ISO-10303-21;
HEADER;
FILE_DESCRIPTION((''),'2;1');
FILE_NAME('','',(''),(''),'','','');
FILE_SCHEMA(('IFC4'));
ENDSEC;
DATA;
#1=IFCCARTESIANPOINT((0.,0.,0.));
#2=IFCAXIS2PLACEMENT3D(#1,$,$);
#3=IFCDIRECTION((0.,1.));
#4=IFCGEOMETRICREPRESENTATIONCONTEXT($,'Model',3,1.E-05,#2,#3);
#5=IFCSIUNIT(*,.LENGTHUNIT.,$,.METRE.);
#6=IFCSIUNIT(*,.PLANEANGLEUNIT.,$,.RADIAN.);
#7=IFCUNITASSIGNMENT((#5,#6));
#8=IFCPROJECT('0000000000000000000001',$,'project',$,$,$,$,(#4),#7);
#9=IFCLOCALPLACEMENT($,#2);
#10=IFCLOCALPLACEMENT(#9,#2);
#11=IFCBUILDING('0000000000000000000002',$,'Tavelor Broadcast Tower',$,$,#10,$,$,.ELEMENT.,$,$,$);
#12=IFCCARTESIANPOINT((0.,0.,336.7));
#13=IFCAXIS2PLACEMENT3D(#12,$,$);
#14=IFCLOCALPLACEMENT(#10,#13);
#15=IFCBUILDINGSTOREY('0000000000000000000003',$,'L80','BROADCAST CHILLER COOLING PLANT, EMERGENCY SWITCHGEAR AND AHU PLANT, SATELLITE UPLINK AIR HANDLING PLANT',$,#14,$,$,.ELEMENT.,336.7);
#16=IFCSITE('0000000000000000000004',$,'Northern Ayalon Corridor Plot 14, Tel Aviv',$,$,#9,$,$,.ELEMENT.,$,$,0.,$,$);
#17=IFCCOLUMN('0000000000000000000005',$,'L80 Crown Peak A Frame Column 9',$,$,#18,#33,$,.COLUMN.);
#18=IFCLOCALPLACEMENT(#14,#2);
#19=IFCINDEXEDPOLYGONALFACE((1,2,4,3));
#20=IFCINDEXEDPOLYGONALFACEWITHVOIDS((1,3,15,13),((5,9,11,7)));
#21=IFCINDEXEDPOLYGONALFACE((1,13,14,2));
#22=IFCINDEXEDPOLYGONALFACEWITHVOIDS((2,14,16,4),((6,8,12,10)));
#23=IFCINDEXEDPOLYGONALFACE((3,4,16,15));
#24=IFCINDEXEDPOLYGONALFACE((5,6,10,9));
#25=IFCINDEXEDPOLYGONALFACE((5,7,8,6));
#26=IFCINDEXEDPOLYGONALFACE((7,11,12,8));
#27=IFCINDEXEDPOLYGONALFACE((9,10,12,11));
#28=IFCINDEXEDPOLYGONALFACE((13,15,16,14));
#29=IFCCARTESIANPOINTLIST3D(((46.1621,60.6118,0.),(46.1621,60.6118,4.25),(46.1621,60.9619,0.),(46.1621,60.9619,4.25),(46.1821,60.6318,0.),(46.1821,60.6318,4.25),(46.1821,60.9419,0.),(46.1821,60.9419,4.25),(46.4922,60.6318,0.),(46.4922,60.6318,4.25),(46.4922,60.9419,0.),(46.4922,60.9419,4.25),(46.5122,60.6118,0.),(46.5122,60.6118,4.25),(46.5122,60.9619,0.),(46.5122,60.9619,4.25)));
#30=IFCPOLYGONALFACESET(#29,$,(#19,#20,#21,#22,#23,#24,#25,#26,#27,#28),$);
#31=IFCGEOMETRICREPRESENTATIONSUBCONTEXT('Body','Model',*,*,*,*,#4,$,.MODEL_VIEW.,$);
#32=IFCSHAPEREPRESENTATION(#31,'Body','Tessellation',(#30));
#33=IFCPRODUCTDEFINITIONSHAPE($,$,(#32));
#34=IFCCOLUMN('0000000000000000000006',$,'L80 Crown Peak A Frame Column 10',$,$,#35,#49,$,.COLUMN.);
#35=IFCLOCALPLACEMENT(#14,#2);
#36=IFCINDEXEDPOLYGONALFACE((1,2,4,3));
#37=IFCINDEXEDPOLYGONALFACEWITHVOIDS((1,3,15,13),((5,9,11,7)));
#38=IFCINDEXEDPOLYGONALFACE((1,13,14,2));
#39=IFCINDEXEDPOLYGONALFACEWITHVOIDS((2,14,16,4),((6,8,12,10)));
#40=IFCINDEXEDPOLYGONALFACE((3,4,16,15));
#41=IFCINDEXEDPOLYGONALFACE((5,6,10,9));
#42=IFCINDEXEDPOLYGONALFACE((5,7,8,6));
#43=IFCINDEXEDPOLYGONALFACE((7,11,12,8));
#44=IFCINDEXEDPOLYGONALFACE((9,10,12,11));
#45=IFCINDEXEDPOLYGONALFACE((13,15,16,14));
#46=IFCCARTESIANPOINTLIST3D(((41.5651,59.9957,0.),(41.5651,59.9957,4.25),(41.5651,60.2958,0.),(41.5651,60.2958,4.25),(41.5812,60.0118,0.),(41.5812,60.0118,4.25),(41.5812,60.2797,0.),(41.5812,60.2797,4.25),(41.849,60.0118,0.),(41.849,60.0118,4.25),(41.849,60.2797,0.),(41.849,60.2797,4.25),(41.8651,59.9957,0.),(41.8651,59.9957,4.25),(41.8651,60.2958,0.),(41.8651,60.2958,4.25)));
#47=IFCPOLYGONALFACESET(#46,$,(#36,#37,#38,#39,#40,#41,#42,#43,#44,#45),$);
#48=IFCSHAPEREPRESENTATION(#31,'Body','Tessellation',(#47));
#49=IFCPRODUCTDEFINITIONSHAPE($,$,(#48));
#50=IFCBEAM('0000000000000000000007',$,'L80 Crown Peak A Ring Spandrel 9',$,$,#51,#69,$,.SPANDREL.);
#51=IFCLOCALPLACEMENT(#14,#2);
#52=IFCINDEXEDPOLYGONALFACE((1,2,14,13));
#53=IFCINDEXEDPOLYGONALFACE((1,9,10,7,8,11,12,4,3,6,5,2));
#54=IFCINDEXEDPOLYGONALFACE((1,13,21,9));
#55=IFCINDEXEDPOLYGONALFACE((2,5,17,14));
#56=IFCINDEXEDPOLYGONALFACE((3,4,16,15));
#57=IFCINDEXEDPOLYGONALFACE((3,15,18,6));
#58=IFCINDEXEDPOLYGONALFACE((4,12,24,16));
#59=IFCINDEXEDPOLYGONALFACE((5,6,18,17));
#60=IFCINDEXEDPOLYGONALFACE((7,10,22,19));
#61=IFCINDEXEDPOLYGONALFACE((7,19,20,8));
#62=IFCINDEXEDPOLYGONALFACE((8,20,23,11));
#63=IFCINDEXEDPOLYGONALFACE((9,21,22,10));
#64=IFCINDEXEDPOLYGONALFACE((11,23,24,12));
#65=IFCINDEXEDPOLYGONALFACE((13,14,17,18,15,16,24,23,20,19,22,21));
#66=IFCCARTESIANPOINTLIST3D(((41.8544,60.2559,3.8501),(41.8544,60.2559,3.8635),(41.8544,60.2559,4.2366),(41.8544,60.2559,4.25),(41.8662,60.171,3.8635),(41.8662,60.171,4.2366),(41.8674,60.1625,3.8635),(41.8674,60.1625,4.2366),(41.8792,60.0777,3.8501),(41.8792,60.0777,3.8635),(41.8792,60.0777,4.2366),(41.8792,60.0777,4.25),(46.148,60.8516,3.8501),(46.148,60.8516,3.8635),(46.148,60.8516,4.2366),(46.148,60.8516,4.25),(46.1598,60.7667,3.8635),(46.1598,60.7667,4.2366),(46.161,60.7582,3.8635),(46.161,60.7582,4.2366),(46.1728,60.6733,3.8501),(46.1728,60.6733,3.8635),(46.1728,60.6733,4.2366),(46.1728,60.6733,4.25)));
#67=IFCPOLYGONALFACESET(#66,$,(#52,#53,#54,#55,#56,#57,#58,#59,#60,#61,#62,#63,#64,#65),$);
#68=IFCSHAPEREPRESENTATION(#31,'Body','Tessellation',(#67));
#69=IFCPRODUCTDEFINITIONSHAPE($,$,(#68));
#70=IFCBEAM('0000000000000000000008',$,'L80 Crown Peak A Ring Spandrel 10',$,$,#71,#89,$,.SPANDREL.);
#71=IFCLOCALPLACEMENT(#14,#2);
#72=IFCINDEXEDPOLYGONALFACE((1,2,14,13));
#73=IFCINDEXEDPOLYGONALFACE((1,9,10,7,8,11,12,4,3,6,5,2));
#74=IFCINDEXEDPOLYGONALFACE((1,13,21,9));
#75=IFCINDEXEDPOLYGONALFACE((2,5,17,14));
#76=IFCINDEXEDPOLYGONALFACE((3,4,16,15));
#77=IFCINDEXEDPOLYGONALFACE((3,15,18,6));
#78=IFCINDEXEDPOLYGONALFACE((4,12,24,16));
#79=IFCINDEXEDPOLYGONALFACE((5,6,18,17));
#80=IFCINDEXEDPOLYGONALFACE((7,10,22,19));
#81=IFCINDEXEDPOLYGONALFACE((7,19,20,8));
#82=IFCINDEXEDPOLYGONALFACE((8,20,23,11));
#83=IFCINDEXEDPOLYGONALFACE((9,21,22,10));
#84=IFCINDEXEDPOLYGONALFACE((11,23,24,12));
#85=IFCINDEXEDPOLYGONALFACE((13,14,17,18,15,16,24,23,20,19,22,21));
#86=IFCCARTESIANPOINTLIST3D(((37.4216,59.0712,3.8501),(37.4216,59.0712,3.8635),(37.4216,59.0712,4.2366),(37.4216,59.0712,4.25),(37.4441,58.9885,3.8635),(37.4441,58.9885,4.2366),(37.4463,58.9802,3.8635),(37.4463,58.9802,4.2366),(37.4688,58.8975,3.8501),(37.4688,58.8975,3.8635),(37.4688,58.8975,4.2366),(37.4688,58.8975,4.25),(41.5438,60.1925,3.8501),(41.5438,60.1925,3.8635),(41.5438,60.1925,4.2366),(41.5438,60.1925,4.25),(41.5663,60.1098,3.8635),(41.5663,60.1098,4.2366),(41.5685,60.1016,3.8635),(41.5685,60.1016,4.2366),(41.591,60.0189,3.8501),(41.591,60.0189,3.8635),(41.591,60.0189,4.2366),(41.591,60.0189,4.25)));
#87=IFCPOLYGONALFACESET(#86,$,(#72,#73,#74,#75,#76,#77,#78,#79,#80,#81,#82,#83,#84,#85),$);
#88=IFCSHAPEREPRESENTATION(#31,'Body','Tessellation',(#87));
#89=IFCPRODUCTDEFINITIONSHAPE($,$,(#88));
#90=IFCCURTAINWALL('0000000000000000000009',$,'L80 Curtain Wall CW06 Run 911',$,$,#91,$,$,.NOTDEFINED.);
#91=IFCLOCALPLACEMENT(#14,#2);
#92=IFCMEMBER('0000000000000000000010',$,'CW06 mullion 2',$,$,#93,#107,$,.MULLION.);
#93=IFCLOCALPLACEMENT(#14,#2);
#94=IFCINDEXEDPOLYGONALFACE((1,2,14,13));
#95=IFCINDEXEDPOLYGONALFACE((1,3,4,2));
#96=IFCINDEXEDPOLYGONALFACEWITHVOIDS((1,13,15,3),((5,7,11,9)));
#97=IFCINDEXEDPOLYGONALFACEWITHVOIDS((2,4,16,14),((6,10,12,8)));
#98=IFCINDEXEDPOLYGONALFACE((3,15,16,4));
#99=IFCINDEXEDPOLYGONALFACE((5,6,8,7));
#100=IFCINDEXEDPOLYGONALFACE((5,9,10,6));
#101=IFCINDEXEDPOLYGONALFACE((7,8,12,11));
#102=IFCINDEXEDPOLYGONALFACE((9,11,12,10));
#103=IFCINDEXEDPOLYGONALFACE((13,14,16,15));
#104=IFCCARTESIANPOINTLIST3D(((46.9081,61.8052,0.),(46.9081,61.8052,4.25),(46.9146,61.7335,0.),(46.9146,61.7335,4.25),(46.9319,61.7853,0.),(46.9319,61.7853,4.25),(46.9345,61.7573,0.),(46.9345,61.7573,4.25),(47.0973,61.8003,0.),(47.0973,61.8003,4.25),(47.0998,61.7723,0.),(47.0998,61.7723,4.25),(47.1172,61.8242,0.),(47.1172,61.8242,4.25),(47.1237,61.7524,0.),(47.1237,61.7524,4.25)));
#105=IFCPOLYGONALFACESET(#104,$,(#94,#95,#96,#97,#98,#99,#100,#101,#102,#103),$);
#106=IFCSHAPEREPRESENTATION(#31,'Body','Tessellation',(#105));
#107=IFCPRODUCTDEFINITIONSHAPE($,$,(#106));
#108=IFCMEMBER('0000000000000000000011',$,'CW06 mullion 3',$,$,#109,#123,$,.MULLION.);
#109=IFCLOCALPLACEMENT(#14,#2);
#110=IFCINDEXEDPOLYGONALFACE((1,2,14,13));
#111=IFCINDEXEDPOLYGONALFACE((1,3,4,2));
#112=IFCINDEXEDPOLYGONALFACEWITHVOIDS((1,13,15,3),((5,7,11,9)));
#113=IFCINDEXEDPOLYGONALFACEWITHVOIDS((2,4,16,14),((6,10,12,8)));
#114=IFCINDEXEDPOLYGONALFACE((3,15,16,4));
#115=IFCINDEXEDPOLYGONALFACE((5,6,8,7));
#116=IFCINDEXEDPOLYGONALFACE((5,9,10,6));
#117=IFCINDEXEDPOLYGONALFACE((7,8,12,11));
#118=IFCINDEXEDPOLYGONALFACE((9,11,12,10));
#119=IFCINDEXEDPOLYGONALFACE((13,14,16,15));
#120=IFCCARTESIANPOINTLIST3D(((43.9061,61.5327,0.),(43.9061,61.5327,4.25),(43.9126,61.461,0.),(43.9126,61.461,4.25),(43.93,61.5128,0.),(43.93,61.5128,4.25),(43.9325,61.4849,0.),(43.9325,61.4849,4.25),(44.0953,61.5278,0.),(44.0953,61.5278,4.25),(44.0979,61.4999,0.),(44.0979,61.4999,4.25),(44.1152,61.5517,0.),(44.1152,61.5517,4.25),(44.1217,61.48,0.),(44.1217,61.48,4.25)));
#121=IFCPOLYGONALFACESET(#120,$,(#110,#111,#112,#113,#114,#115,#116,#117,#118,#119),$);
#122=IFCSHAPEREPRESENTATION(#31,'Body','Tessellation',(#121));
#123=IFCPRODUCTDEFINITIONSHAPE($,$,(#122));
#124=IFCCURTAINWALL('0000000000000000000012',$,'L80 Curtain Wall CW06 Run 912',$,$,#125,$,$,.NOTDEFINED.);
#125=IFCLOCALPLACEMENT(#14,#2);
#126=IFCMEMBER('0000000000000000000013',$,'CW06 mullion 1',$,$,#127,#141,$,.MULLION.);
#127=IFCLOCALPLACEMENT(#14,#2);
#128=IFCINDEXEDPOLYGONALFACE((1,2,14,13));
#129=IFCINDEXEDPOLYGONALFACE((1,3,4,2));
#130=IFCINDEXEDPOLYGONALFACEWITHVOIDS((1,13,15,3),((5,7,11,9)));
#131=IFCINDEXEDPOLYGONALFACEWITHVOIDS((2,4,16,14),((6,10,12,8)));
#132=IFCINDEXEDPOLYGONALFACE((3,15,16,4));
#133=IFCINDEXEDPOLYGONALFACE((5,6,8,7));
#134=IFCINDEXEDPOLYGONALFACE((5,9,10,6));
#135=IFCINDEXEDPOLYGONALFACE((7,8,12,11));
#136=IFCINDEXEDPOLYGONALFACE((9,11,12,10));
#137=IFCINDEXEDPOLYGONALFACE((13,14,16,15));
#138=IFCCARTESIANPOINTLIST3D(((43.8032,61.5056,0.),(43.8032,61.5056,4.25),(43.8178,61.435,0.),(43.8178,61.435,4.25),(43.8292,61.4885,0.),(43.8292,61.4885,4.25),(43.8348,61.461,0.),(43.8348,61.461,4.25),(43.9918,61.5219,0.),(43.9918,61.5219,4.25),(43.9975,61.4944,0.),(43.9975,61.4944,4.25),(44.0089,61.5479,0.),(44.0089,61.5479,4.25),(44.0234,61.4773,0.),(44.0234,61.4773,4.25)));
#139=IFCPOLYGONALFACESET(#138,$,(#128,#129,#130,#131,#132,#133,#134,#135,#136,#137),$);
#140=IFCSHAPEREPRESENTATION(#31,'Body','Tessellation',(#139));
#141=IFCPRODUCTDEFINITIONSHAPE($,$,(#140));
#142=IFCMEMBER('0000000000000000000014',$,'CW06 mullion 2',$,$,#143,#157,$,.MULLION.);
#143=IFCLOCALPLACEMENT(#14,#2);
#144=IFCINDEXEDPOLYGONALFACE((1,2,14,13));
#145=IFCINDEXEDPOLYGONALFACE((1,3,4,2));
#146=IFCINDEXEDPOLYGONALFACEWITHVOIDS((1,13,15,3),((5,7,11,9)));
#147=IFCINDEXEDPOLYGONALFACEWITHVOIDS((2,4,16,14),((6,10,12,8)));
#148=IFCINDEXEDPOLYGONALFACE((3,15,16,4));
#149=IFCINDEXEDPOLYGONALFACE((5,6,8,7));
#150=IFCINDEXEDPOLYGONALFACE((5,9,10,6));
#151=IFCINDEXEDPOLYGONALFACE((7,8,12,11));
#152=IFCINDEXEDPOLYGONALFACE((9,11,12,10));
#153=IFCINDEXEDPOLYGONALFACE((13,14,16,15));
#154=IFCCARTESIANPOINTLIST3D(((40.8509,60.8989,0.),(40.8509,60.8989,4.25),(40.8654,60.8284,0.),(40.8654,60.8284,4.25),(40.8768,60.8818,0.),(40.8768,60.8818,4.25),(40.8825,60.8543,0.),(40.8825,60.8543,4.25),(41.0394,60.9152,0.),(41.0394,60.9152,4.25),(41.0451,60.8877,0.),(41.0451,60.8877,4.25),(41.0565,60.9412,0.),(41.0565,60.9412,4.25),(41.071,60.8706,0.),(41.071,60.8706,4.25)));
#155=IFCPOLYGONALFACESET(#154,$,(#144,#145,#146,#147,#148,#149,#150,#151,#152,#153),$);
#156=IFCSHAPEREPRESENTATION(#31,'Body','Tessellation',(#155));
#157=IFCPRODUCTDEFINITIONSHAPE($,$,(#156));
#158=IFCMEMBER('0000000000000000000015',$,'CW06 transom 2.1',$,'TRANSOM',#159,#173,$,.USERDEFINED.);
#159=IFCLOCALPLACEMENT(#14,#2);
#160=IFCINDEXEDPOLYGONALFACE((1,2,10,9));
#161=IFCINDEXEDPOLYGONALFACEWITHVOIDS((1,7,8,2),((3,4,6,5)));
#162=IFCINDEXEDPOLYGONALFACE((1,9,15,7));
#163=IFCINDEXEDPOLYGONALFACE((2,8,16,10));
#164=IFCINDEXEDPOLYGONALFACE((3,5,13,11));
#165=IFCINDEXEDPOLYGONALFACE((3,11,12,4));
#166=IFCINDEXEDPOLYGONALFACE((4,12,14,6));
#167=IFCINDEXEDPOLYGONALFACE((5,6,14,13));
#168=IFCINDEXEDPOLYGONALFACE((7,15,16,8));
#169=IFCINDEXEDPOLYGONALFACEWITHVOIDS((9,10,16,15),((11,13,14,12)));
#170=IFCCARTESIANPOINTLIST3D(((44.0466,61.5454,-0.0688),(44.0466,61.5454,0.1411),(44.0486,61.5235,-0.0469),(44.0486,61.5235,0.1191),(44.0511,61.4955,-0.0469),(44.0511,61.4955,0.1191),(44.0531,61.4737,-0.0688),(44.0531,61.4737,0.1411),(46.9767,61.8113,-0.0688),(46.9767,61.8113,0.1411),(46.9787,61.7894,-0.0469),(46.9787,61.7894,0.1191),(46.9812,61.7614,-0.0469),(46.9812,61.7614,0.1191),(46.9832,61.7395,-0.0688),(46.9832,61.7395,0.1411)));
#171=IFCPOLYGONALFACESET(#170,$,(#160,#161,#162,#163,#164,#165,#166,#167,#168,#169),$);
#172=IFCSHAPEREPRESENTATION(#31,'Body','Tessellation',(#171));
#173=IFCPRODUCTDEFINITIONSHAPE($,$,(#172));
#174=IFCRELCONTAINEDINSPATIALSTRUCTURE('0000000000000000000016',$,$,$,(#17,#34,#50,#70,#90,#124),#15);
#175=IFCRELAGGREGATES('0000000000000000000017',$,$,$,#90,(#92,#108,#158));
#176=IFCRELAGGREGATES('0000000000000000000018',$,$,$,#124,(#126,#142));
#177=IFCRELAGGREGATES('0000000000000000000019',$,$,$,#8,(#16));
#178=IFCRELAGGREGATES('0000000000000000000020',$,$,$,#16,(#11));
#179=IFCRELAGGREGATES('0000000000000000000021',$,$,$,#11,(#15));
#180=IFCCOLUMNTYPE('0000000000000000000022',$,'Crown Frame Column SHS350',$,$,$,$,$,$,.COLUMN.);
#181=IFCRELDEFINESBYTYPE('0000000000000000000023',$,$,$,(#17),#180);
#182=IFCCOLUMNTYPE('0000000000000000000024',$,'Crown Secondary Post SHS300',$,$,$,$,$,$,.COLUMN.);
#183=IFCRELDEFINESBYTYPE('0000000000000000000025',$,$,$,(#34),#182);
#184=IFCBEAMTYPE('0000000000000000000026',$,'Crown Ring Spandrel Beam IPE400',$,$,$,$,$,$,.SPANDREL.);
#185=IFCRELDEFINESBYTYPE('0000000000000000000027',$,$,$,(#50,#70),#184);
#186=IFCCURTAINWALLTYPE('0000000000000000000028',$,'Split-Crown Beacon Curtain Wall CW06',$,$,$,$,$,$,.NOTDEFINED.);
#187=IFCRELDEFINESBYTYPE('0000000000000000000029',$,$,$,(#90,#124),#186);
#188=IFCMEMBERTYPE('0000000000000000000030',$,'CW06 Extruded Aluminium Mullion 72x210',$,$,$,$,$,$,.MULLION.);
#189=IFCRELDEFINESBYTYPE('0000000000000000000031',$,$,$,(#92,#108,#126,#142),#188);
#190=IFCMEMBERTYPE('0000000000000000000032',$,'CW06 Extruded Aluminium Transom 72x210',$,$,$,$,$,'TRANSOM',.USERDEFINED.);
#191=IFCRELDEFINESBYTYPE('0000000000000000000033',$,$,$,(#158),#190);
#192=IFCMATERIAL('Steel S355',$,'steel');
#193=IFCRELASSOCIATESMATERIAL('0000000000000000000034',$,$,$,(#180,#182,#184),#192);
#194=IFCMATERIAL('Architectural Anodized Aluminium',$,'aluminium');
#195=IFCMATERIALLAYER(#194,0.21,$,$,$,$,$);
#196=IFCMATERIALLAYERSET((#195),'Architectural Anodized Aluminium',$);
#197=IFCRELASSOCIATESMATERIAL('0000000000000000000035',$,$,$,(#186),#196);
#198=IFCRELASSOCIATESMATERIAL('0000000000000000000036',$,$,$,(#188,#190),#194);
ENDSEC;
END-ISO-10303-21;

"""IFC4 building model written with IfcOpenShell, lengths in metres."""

from ifc_helpers import new_model, si_unit, direction, frame, origin, origin_2d, place, context, subcontext, project, spatial, hollow_rectangle, i_section, extrude, source, transform, mapped, material, layer, layer_set, material_profile, profile_set, type_object, type_shapes, element, aggregate, save


model = new_model("IFC4")

# Units and contexts
model_context = context("Model", 3, precision=1e-05, world=origin(), true_north=direction((0.0, 1.0)))
body_context = subcontext(model_context, "Body", "Model", "MODEL_VIEW")
ifc_project = project(units=[si_unit("LENGTHUNIT", "METRE"), si_unit("PLANEANGLEUNIT", "RADIAN")], contexts=[model_context])

# Site, building, storey
site_placement = place(None, origin())
site = spatial("IfcSite", under=ifc_project, at=site_placement, Name="Northern Ayalon Corridor Plot 14, Tel Aviv", CompositionType="ELEMENT", RefElevation=0.0)
building_placement = place(site_placement, origin())
building = spatial("IfcBuilding", under=site, at=building_placement, Name="Tavelor Broadcast Tower", CompositionType="ELEMENT")
storey_placement = place(building_placement, frame((0.0, 0.0, 336.7)))
storey = spatial("IfcBuildingStorey", under=building, at=storey_placement, Name="L80", Description="BROADCAST CHILLER COOLING PLANT, EMERGENCY SWITCHGEAR AND AHU PLANT, SATELLITE UPLINK AIR HANDLING PLANT", CompositionType="ELEMENT", Elevation=336.7)

# Columns
ifc_material_1 = material(Name="Steel S355", Category="steel")
ifc_material_profile_1 = material_profile(ifc_material_1, hollow_rectangle(XDim=0.3501, YDim=0.3501, WallThickness=0.02, at=origin_2d()), Name="SHS 350x350x20")
ifc_profile_set_1 = profile_set([ifc_material_profile_1], Name="Steel S355")
column_type_1 = type_object("IfcColumnType", Name="Crown Frame Column SHS350", PredefinedType="COLUMN", material=ifc_profile_set_1)
column_1_placement = place(storey_placement, frame((46.3372, 60.7869, 0.0), z_axis=(0.0, 0.0, 1.0), x_axis=(1.0, 0.0, 0.0)))
element("IfcColumn", 1, at=column_1_placement, inside=storey, type_object=column_type_1, Name="L80 Crown Peak A Frame Column 9", PredefinedType="COLUMN", context=body_context, shape_type="SweptSolid", body=[
    extrude(hollow_rectangle(XDim=0.3501, YDim=0.3501, WallThickness=0.02, at=origin_2d()), origin(), (0.0, 0.0, 1.0), 4.25),
])
ifc_material_profile_2 = material_profile(ifc_material_1, hollow_rectangle(XDim=0.3, YDim=0.3, WallThickness=0.0161, at=origin_2d()), Name="SHS 300x300x16")
ifc_profile_set_2 = profile_set([ifc_material_profile_2], Name="Steel S355")
column_type_2 = type_object("IfcColumnType", Name="Crown Secondary Post SHS300", PredefinedType="COLUMN", material=ifc_profile_set_2)
column_2_placement = place(storey_placement, frame((41.7151, 60.1458, 0.0), z_axis=(0.0, 0.0, 1.0), x_axis=(1.0, 0.0, 0.0)))
element("IfcColumn", 2, at=column_2_placement, inside=storey, type_object=column_type_2, Name="L80 Crown Peak A Frame Column 10", PredefinedType="COLUMN", context=body_context, shape_type="SweptSolid", body=[
    extrude(hollow_rectangle(XDim=0.3, YDim=0.3, WallThickness=0.0161, at=origin_2d()), origin(), (0.0, 0.0, 1.0), 4.25),
])

# Beams
ifc_material_profile_3 = material_profile(ifc_material_1, i_section(OverallWidth=0.1799, OverallDepth=0.3999, WebThickness=0.0085, FlangeThickness=0.0134, at=origin_2d()), Name="IPE 400")
ifc_profile_set_3 = profile_set([ifc_material_profile_3], Name="Steel S355")
beam_type = type_object("IfcBeamType", Name="Crown Ring Spandrel Beam IPE400", PredefinedType="SPANDREL", material=ifc_profile_set_3)
beam_1_placement = place(storey_placement, frame((46.1604, 60.7625, 4.05), z_axis=(-0.990513, -0.137423, 0.0), x_axis=(0.137423, -0.990513, 0.0)))
element("IfcBeam", 3, at=beam_1_placement, inside=storey, type_object=beam_type, Name="L80 Crown Peak A Ring Spandrel 9", PredefinedType="SPANDREL", context=body_context, shape_type="SweptSolid", body=[
    extrude(i_section(OverallWidth=0.1799, OverallDepth=0.3999, WebThickness=0.0085, FlangeThickness=0.0134, at=origin_2d()), origin(), (0.0, 0.0, 1.0), 4.3347),
])
beam_2_placement = place(storey_placement, frame((41.5674, 60.1057, 4.05), z_axis=(-0.964934, -0.262494, 0.0), x_axis=(0.262494, -0.964934, 0.0)))
element("IfcBeam", 4, at=beam_2_placement, inside=storey, type_object=beam_type, Name="L80 Crown Peak A Ring Spandrel 10", PredefinedType="SPANDREL", context=body_context, shape_type="SweptSolid", body=[
    extrude(i_section(OverallWidth=0.1799, OverallDepth=0.3999, WebThickness=0.0085, FlangeThickness=0.0134, at=origin_2d()), origin(), (0.0, 0.0, 1.0), 4.272),
])

# Curtain walls, members
ifc_material_2 = material(Name="Architectural Anodized Aluminium", Category="aluminium")
ifc_layer_1 = layer(ifc_material_2, 0.21)
ifc_layer_set_1 = layer_set([ifc_layer_1], Name="Architectural Anodized Aluminium")
curtain_wall_type = type_object("IfcCurtainWallType", Name="Split-Crown Beacon Curtain Wall CW06", PredefinedType="NOTDEFINED", material=ifc_layer_set_1)
curtain_wall_1_placement = place(storey_placement, origin())
curtain_wall_1 = element("IfcCurtainWall", 5, at=curtain_wall_1_placement, inside=storey, type_object=curtain_wall_type, Name="L80 Curtain Wall CW06 Run 911", PredefinedType="NOTDEFINED")
ifc_material_profile_4 = material_profile(ifc_material_2, hollow_rectangle(XDim=0.072, YDim=0.21, WallThickness=0.022, at=origin_2d()), Name="RHS 72x210x22")
ifc_profile_set_4 = profile_set([ifc_material_profile_4], Name="Architectural Anodized Aluminium")
member_type_1 = type_object("IfcMemberType", Name="CW06 Extruded Aluminium Mullion 72x210", PredefinedType="MULLION", material=ifc_profile_set_4)
shared_shape_1 = source(origin(), body_context, "Body", "SweptSolid", [
    extrude(hollow_rectangle(XDim=0.072, YDim=0.21, WallThickness=0.022, at=origin_2d()), origin(), (0.0, 0.0, 1.0), 4.25),
])
type_shapes(member_type_1, [shared_shape_1])
member_1_placement = place(storey_placement, frame((47.0159, 61.7788, 0.0), z_axis=(0.0, 0.0, 1.0), x_axis=(0.090355, -0.99591, 0.0)))
member_1 = element("IfcMember", 6, at=member_1_placement, type_object=member_type_1, Name="CW06 mullion 2", PredefinedType="MULLION", context=body_context, shape_type="MappedRepresentation", body=[
    mapped(shared_shape_1, transform((0.0, 0.0, 0.0), scale=1.0)),
])
member_2_placement = place(storey_placement, frame((44.0139, 61.5063, 0.0), z_axis=(0.0, 0.0, 1.0), x_axis=(0.090355, -0.99591, 0.0)))
member_2 = element("IfcMember", 7, at=member_2_placement, type_object=member_type_1, Name="CW06 mullion 3", PredefinedType="MULLION", context=body_context, shape_type="MappedRepresentation", body=[
    mapped(shared_shape_1, transform((0.0, 0.0, 0.0), scale=1.0)),
])
curtain_wall_2_placement = place(storey_placement, origin())
curtain_wall_2 = element("IfcCurtainWall", 8, at=curtain_wall_2_placement, inside=storey, type_object=curtain_wall_type, Name="L80 Curtain Wall CW06 Run 912", PredefinedType="NOTDEFINED")
member_3_placement = place(storey_placement, frame((43.9133, 61.4915, 0.0), z_axis=(0.0, 0.0, 1.0), x_axis=(0.201353, -0.979519, 0.0)))
member_3 = element("IfcMember", 9, at=member_3_placement, type_object=member_type_1, Name="CW06 mullion 1", PredefinedType="MULLION", context=body_context, shape_type="MappedRepresentation", body=[
    mapped(shared_shape_1, transform((0.0, 0.0, 0.0), scale=1.0)),
])
member_4_placement = place(storey_placement, frame((40.9609, 60.8848, 0.0), z_axis=(0.0, 0.0, 1.0), x_axis=(0.201353, -0.979519, 0.0)))
member_4 = element("IfcMember", 10, at=member_4_placement, type_object=member_type_1, Name="CW06 mullion 2", PredefinedType="MULLION", context=body_context, shape_type="MappedRepresentation", body=[
    mapped(shared_shape_1, transform((0.0, 0.0, 0.0), scale=1.0)),
])

# Member
ifc_material_profile_5 = material_profile(ifc_material_2, hollow_rectangle(XDim=0.072, YDim=0.21, WallThickness=0.022, at=origin_2d()), Name="RHS 72x210x22")
ifc_profile_set_5 = profile_set([ifc_material_profile_5], Name="Architectural Anodized Aluminium")
member_type_2 = type_object("IfcMemberType", Name="CW06 Extruded Aluminium Transom 72x210", ElementType="TRANSOM", PredefinedType="USERDEFINED", material=ifc_profile_set_5)
shared_shape_2 = source(origin(), body_context, "Body", "SweptSolid", [
    extrude(hollow_rectangle(XDim=0.072, YDim=0.21, WallThickness=0.022, at=origin_2d()), origin(), (0.0, 0.0, 1.0), 2.9421),
])
type_shapes(member_type_2, [shared_shape_2])
member_5_placement = place(storey_placement, frame((46.98, 61.7754, 0.0361), z_axis=(-0.995909, -0.090364, 0.0), x_axis=(0.090364, -0.995909, 0.0)))
member_5 = element("IfcMember", 11, at=member_5_placement, type_object=member_type_2, Name="CW06 transom 2.1", ObjectType="TRANSOM", PredefinedType="USERDEFINED", context=body_context, shape_type="MappedRepresentation", body=[
    mapped(shared_shape_2, transform((0.0, 0.0, 0.0), scale=1.0)),
])

aggregate(curtain_wall_1, [member_1, member_2, member_5])
aggregate(curtain_wall_2, [member_3, member_4])

save(model, "model.ifc")
